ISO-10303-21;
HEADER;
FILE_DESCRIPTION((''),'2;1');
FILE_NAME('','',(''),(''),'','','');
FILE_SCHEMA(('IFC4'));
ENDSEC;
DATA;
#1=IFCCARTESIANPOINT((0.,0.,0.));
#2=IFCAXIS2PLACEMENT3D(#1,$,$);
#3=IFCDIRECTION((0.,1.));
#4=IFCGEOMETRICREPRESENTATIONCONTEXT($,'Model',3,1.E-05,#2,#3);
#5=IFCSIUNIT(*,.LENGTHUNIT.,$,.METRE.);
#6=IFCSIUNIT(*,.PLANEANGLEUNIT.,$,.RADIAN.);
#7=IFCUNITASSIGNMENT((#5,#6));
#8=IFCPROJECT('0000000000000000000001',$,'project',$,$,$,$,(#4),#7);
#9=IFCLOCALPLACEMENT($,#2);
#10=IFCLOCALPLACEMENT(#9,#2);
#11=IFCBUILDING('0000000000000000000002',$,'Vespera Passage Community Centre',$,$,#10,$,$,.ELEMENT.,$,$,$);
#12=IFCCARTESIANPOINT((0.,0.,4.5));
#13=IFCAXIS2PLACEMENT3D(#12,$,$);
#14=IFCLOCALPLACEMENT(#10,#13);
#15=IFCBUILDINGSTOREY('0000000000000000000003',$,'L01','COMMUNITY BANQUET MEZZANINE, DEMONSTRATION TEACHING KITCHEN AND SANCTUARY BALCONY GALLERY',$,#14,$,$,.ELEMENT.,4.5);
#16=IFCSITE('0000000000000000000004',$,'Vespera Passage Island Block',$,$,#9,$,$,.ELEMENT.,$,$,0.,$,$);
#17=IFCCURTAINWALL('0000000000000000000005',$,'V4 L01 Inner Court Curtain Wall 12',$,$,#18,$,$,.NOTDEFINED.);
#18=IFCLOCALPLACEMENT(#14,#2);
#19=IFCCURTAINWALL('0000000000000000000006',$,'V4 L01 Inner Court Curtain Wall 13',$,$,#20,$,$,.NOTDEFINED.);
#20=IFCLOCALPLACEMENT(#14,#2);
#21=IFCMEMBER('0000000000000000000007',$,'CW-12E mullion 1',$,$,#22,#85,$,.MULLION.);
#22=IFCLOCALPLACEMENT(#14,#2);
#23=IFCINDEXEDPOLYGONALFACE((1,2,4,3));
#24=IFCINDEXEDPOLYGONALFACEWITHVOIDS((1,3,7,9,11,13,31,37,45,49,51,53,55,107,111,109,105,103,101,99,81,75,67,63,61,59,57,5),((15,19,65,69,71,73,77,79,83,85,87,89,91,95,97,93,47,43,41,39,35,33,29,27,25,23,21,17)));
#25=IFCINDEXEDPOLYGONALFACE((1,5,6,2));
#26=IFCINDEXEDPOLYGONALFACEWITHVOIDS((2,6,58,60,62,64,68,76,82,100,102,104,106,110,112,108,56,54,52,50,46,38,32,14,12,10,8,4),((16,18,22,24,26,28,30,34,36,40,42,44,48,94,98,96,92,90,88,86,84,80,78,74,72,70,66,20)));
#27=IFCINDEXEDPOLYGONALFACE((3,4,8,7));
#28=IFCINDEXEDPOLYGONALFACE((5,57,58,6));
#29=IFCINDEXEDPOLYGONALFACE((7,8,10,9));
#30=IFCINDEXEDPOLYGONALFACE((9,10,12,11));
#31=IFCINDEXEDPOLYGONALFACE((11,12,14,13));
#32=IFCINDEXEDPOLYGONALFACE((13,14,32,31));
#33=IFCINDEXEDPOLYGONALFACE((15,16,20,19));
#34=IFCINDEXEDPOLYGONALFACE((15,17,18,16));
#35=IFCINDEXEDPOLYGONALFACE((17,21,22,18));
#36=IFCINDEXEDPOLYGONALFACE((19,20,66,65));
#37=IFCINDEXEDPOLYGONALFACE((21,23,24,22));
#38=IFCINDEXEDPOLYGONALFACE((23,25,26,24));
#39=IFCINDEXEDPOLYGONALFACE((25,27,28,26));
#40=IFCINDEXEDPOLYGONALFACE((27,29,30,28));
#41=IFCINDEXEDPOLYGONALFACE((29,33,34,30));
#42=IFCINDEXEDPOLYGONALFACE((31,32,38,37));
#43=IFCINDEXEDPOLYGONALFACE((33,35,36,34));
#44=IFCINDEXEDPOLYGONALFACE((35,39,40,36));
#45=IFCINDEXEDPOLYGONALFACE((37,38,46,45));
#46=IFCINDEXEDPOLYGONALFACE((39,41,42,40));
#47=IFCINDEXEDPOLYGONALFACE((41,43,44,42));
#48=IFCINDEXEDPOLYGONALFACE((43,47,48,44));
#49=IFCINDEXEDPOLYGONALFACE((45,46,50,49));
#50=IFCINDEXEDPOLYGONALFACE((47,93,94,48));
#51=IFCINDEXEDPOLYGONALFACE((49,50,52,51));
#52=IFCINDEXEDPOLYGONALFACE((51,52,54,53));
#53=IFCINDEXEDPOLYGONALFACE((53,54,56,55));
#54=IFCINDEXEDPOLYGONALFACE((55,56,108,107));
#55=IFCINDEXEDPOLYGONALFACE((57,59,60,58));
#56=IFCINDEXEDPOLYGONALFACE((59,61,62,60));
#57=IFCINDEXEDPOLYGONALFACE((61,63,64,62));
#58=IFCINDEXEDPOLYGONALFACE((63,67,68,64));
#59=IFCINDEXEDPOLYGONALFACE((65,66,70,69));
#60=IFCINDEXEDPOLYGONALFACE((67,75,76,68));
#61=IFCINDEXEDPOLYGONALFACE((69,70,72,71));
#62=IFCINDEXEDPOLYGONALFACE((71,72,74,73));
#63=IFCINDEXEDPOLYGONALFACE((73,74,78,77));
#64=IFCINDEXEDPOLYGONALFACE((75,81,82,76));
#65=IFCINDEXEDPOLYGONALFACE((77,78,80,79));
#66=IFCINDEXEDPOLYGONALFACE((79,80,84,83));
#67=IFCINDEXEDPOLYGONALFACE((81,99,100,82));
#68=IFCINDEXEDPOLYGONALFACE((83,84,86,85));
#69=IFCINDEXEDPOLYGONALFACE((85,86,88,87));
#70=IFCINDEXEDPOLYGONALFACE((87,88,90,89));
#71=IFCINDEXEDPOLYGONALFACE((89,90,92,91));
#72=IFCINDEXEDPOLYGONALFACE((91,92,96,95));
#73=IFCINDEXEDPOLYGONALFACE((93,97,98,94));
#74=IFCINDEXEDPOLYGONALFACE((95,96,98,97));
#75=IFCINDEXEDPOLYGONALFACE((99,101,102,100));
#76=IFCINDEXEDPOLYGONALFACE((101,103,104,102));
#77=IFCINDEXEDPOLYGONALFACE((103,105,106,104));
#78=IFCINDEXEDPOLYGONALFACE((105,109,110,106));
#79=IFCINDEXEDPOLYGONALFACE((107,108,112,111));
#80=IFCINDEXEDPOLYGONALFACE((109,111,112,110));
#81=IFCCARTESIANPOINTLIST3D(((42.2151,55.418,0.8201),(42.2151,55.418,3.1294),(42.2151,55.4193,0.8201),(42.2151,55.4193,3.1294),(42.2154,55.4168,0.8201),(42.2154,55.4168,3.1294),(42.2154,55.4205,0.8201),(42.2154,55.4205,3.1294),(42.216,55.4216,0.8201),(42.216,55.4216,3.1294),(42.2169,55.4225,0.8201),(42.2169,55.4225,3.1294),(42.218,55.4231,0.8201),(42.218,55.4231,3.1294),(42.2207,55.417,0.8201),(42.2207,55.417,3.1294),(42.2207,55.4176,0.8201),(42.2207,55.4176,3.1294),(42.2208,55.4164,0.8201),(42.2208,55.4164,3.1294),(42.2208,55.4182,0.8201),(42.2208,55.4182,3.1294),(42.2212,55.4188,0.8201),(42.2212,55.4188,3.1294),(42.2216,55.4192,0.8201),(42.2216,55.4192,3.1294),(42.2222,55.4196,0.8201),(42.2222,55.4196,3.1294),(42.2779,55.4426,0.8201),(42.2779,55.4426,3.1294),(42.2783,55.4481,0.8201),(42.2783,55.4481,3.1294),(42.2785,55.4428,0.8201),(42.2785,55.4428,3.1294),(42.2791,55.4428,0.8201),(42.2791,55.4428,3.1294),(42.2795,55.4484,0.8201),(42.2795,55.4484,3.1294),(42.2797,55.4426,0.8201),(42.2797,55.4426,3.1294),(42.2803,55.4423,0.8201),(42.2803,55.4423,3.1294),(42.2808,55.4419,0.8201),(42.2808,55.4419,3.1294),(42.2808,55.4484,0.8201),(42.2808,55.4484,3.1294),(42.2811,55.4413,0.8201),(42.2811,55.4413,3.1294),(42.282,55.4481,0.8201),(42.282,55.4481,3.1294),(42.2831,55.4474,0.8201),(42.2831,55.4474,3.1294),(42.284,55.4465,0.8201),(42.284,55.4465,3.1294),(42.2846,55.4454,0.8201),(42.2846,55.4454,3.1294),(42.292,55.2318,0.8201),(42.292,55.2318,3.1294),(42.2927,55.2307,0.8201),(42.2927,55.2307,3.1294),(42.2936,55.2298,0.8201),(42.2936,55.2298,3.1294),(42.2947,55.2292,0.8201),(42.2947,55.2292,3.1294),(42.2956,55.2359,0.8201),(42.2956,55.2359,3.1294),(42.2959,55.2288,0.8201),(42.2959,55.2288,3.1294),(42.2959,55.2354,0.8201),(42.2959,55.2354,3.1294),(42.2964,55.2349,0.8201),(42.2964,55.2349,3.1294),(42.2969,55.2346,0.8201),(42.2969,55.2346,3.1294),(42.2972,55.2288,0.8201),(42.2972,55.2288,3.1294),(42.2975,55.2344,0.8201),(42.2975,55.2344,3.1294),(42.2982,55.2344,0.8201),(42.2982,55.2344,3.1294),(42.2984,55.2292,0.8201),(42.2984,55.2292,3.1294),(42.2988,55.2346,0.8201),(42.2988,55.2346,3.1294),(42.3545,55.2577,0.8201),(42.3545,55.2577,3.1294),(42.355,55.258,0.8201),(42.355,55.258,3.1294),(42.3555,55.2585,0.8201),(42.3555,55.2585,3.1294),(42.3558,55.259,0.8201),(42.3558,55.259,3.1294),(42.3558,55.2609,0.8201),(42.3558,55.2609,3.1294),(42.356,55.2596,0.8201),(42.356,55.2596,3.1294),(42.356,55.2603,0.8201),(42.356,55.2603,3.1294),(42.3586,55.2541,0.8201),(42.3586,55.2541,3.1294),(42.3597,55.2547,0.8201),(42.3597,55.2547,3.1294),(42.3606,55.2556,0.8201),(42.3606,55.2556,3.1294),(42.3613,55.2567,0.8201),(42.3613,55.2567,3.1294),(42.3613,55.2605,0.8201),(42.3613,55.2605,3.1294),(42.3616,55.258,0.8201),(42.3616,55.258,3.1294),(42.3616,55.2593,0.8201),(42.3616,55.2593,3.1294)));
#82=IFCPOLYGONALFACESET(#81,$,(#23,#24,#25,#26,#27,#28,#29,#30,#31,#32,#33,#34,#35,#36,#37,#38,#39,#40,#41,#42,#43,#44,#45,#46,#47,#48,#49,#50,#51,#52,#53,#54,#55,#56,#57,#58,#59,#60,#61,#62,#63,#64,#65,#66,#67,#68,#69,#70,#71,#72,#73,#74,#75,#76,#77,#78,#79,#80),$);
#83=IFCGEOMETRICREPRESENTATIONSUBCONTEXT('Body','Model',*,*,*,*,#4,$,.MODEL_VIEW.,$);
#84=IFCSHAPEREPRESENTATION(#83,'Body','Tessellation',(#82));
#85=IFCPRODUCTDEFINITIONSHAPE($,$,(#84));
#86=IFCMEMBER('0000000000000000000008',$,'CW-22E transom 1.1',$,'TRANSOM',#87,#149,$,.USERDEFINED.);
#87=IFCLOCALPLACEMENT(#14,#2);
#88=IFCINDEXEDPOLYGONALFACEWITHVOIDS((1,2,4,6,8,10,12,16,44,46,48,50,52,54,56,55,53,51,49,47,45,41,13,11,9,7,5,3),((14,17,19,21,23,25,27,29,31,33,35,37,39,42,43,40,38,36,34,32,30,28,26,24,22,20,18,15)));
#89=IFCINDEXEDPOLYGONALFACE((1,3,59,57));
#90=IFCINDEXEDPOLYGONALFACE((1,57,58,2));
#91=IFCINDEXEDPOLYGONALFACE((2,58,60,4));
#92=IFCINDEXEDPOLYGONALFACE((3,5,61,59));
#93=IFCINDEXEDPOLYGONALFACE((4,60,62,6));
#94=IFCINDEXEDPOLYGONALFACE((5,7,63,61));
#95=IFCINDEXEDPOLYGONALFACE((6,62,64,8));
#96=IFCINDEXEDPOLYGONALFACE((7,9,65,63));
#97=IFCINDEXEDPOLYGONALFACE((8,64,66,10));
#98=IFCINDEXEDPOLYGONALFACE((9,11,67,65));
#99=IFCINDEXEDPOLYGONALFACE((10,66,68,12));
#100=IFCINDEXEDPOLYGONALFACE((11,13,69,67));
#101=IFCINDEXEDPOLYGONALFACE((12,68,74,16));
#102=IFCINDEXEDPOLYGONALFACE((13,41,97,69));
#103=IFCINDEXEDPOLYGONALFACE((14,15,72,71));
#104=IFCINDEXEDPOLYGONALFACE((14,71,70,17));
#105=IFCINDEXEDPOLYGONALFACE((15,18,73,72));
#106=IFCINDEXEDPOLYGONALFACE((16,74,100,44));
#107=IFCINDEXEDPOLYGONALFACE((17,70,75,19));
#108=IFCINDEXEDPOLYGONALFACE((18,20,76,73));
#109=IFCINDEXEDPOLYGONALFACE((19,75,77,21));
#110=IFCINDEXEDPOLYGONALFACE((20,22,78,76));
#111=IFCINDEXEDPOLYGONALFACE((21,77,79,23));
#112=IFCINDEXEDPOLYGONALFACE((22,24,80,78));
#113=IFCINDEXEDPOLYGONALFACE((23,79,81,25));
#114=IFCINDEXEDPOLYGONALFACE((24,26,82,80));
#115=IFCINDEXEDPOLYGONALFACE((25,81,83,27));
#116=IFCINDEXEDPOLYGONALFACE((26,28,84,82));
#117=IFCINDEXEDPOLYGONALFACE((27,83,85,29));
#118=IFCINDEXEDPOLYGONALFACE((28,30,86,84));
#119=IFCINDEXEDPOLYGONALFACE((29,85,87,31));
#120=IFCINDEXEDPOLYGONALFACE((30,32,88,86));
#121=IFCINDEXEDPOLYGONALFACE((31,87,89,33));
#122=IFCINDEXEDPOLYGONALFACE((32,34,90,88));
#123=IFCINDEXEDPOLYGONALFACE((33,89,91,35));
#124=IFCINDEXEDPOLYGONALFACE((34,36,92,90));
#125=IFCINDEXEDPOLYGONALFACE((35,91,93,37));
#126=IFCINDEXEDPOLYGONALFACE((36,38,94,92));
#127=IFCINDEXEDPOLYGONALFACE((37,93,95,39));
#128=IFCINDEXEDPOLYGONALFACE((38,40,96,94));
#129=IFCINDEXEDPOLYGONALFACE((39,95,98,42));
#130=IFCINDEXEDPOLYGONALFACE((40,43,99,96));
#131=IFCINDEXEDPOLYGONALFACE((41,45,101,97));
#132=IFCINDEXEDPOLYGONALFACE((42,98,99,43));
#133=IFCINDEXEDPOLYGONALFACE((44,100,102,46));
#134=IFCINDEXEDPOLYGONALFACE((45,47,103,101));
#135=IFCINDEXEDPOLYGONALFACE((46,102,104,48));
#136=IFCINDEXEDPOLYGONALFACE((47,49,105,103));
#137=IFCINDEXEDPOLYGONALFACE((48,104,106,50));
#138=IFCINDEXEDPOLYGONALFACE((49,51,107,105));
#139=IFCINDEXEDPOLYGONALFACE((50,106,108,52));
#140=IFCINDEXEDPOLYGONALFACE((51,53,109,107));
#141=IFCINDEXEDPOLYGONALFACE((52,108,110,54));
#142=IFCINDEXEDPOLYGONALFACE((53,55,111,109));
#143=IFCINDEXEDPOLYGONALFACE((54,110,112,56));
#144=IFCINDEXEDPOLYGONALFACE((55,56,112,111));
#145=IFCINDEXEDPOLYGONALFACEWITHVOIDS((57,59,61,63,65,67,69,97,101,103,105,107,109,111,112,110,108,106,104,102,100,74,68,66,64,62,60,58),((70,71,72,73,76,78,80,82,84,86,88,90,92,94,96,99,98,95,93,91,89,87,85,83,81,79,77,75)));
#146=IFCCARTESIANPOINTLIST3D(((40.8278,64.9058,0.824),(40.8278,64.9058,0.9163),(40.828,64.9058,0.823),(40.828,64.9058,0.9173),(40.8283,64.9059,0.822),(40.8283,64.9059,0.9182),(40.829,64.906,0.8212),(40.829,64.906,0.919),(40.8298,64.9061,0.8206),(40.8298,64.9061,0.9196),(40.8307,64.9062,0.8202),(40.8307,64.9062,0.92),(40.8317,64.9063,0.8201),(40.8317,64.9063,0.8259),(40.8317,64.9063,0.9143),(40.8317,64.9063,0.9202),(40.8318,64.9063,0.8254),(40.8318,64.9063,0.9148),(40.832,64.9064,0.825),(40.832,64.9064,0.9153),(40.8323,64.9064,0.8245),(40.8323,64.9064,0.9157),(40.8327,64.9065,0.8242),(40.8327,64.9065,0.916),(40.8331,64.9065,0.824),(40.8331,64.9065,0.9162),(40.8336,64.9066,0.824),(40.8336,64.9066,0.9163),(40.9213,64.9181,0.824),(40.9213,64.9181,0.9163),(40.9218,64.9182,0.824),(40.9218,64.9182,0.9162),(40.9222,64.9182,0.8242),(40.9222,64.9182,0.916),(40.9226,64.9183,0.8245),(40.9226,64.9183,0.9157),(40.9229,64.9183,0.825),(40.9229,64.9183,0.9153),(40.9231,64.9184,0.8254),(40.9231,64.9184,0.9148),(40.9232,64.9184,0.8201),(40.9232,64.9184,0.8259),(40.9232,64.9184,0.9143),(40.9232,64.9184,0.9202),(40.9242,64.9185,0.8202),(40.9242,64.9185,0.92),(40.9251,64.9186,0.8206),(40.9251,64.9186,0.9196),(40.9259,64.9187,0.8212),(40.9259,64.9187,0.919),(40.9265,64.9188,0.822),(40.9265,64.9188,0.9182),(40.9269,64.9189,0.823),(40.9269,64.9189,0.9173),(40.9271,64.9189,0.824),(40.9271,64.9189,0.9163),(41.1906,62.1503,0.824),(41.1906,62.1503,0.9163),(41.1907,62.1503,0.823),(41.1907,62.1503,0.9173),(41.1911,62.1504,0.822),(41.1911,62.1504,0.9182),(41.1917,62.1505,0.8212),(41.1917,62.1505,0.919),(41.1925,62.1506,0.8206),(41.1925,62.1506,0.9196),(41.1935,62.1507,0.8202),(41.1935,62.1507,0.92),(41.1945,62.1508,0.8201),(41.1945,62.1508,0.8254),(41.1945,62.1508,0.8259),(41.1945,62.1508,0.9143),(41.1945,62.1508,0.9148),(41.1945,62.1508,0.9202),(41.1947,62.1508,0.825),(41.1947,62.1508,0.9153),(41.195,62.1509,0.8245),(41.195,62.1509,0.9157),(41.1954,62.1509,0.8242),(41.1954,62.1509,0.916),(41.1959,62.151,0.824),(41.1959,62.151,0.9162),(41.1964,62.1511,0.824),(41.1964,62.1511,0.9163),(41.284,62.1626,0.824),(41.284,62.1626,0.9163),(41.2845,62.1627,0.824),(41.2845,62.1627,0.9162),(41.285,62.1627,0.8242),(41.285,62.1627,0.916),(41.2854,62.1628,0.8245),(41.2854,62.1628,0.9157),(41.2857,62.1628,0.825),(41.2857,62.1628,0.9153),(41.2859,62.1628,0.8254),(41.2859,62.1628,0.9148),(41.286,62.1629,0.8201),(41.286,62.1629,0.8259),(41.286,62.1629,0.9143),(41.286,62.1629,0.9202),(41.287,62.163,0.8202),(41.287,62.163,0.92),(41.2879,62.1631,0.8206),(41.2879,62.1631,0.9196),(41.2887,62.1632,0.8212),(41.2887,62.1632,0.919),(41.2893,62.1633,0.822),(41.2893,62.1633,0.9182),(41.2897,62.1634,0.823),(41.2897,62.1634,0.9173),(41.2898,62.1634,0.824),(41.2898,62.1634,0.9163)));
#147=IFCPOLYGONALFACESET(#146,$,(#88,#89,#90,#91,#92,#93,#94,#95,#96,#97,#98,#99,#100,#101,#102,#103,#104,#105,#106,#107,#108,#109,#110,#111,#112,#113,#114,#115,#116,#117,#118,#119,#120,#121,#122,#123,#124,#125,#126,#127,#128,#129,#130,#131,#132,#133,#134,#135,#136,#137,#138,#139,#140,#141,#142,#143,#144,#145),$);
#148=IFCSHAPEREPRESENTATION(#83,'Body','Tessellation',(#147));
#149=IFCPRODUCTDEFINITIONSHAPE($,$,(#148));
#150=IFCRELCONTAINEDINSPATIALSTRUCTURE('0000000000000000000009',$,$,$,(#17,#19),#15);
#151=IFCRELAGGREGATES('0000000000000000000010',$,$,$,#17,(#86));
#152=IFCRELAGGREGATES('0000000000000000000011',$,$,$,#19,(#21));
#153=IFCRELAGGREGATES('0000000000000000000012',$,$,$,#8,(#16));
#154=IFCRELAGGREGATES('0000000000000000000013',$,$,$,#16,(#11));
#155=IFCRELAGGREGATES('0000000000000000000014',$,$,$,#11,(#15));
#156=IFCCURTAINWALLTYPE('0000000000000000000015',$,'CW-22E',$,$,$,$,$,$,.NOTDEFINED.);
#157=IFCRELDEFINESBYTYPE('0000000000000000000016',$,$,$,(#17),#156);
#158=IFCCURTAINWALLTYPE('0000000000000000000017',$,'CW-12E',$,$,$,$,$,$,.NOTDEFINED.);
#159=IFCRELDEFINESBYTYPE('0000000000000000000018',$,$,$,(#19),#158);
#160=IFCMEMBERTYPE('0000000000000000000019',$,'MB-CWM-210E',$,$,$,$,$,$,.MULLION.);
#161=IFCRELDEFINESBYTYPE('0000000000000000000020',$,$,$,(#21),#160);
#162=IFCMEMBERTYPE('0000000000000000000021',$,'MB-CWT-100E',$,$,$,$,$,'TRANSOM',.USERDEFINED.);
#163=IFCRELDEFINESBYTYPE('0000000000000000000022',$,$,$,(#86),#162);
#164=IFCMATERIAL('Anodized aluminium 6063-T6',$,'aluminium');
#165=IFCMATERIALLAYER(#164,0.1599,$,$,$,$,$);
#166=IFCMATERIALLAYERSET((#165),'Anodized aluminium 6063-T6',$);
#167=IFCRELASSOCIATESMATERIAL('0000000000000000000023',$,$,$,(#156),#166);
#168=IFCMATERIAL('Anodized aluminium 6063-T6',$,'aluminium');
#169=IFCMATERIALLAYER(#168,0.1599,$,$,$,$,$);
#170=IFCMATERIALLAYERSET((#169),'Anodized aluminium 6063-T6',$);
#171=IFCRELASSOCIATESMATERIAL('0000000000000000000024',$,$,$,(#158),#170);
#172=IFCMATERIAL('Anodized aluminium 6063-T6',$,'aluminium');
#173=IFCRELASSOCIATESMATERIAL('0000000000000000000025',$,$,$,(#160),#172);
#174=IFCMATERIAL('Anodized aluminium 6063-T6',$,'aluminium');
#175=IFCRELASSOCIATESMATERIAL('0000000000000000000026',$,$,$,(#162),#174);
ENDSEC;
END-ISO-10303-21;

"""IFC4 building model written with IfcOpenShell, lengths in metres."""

from ifc_helpers import new_model, si_unit, direction, frame, origin, origin_2d, place, context, subcontext, project, spatial, hollow_rectangle, extrude, material, layer, layer_set, material_profile, profile_set, type_object, element, aggregate, save


model = new_model("IFC4")

# Units and contexts
model_context = context("Model", 3, precision=1e-05, world=origin(), true_north=direction((0.0, 1.0)))
body_context = subcontext(model_context, "Body", "Model", "MODEL_VIEW")
ifc_project = project(units=[si_unit("LENGTHUNIT", "METRE"), si_unit("PLANEANGLEUNIT", "RADIAN")], contexts=[model_context])

# Site, building, storey
site_placement = place(None, origin())
site = spatial("IfcSite", under=ifc_project, at=site_placement, Name="Vespera Passage Island Block", CompositionType="ELEMENT", RefElevation=0.0)
building_placement = place(site_placement, origin())
building = spatial("IfcBuilding", under=site, at=building_placement, Name="Vespera Passage Community Centre", CompositionType="ELEMENT")
storey_placement = place(building_placement, frame((0.0, 0.0, 4.5)))
storey = spatial("IfcBuildingStorey", under=building, at=storey_placement, Name="L01", Description="COMMUNITY BANQUET MEZZANINE, DEMONSTRATION TEACHING KITCHEN AND SANCTUARY BALCONY GALLERY", CompositionType="ELEMENT", Elevation=4.5)

# Curtain wall
ifc_material_1 = material(Name="Anodized aluminium 6063-T6", Category="aluminium")
ifc_layer_1 = layer(ifc_material_1, 0.1599)
ifc_layer_set_1 = layer_set([ifc_layer_1], Name="Anodized aluminium 6063-T6")
curtain_wall_type_1 = type_object("IfcCurtainWallType", Name="CW-22E", PredefinedType="NOTDEFINED", material=ifc_layer_set_1)
curtain_wall_1_placement = place(storey_placement, origin())
curtain_wall_1 = element("IfcCurtainWall", 1, at=curtain_wall_1_placement, inside=storey, type_object=curtain_wall_type_1, Name="V4 L01 Inner Court Curtain Wall 12", PredefinedType="NOTDEFINED")

# Curtain wall, member
ifc_material_2 = material(Name="Anodized aluminium 6063-T6", Category="aluminium")
ifc_layer_2 = layer(ifc_material_2, 0.1599)
ifc_layer_set_2 = layer_set([ifc_layer_2], Name="Anodized aluminium 6063-T6")
curtain_wall_type_2 = type_object("IfcCurtainWallType", Name="CW-12E", PredefinedType="NOTDEFINED", material=ifc_layer_set_2)
curtain_wall_2_placement = place(storey_placement, origin())
curtain_wall_2 = element("IfcCurtainWall", 2, at=curtain_wall_2_placement, inside=storey, type_object=curtain_wall_type_2, Name="V4 L01 Inner Court Curtain Wall 13", PredefinedType="NOTDEFINED")
ifc_material_3 = material(Name="Anodized aluminium 6063-T6", Category="aluminium")
ifc_material_profile_1 = material_profile(ifc_material_3, hollow_rectangle(XDim=0.075, YDim=0.21, WallThickness=0.0049, InnerFilletRadius=0.0024, OuterFilletRadius=0.0049, at=origin_2d()), Name="ALU210X75X5")
ifc_profile_set_1 = profile_set([ifc_material_profile_1], Name="Anodized aluminium 6063-T6")
member_type_1 = type_object("IfcMemberType", Name="MB-CWM-210E", PredefinedType="MULLION", material=ifc_profile_set_1)
member_1_placement = place(storey_placement, frame((42.2883, 55.3386, 0.8201), z_axis=(0.0, 0.0, 1.0), x_axis=(0.923877, 0.38269, 0.0)))
member_1 = element("IfcMember", 3, at=member_1_placement, type_object=member_type_1, Name="CW-12E mullion 1", PredefinedType="MULLION", context=body_context, shape_type="SweptSolid", body=[
    extrude(hollow_rectangle(XDim=0.075, YDim=0.21, WallThickness=0.0049, InnerFilletRadius=0.0024, OuterFilletRadius=0.0049, at=origin_2d()), origin(), (0.0, 0.0, 1.0), 2.3093),
])

# Member
ifc_material_4 = material(Name="Anodized aluminium 6063-T6", Category="aluminium")
ifc_material_profile_2 = material_profile(ifc_material_4, hollow_rectangle(XDim=0.1001, YDim=0.1001, WallThickness=0.0039, InnerFilletRadius=0.002, OuterFilletRadius=0.0039, at=origin_2d()), Name="ALU100X100X4")
ifc_profile_set_2 = profile_set([ifc_material_profile_2], Name="Anodized aluminium 6063-T6")
member_type_2 = type_object("IfcMemberType", Name="MB-CWT-100E", ElementType="TRANSOM", PredefinedType="USERDEFINED", material=ifc_profile_set_2)
member_2_placement = place(storey_placement, frame((40.8774, 64.9124, 0.8701), z_axis=(0.130529, -0.991444, 0.0), x_axis=(0.991444, 0.130529, 0.0)))
member_2 = element("IfcMember", 4, at=member_2_placement, type_object=member_type_2, Name="CW-22E transom 1.1", ObjectType="TRANSOM", PredefinedType="USERDEFINED", context=body_context, shape_type="SweptSolid", body=[
    extrude(hollow_rectangle(XDim=0.1001, YDim=0.1001, WallThickness=0.0039, InnerFilletRadius=0.002, OuterFilletRadius=0.0039, at=origin_2d()), origin(), (0.0, 0.0, 1.0), 2.7793),
])

aggregate(curtain_wall_1, [member_2])
aggregate(curtain_wall_2, [member_1])

save(model, "model.ifc")
